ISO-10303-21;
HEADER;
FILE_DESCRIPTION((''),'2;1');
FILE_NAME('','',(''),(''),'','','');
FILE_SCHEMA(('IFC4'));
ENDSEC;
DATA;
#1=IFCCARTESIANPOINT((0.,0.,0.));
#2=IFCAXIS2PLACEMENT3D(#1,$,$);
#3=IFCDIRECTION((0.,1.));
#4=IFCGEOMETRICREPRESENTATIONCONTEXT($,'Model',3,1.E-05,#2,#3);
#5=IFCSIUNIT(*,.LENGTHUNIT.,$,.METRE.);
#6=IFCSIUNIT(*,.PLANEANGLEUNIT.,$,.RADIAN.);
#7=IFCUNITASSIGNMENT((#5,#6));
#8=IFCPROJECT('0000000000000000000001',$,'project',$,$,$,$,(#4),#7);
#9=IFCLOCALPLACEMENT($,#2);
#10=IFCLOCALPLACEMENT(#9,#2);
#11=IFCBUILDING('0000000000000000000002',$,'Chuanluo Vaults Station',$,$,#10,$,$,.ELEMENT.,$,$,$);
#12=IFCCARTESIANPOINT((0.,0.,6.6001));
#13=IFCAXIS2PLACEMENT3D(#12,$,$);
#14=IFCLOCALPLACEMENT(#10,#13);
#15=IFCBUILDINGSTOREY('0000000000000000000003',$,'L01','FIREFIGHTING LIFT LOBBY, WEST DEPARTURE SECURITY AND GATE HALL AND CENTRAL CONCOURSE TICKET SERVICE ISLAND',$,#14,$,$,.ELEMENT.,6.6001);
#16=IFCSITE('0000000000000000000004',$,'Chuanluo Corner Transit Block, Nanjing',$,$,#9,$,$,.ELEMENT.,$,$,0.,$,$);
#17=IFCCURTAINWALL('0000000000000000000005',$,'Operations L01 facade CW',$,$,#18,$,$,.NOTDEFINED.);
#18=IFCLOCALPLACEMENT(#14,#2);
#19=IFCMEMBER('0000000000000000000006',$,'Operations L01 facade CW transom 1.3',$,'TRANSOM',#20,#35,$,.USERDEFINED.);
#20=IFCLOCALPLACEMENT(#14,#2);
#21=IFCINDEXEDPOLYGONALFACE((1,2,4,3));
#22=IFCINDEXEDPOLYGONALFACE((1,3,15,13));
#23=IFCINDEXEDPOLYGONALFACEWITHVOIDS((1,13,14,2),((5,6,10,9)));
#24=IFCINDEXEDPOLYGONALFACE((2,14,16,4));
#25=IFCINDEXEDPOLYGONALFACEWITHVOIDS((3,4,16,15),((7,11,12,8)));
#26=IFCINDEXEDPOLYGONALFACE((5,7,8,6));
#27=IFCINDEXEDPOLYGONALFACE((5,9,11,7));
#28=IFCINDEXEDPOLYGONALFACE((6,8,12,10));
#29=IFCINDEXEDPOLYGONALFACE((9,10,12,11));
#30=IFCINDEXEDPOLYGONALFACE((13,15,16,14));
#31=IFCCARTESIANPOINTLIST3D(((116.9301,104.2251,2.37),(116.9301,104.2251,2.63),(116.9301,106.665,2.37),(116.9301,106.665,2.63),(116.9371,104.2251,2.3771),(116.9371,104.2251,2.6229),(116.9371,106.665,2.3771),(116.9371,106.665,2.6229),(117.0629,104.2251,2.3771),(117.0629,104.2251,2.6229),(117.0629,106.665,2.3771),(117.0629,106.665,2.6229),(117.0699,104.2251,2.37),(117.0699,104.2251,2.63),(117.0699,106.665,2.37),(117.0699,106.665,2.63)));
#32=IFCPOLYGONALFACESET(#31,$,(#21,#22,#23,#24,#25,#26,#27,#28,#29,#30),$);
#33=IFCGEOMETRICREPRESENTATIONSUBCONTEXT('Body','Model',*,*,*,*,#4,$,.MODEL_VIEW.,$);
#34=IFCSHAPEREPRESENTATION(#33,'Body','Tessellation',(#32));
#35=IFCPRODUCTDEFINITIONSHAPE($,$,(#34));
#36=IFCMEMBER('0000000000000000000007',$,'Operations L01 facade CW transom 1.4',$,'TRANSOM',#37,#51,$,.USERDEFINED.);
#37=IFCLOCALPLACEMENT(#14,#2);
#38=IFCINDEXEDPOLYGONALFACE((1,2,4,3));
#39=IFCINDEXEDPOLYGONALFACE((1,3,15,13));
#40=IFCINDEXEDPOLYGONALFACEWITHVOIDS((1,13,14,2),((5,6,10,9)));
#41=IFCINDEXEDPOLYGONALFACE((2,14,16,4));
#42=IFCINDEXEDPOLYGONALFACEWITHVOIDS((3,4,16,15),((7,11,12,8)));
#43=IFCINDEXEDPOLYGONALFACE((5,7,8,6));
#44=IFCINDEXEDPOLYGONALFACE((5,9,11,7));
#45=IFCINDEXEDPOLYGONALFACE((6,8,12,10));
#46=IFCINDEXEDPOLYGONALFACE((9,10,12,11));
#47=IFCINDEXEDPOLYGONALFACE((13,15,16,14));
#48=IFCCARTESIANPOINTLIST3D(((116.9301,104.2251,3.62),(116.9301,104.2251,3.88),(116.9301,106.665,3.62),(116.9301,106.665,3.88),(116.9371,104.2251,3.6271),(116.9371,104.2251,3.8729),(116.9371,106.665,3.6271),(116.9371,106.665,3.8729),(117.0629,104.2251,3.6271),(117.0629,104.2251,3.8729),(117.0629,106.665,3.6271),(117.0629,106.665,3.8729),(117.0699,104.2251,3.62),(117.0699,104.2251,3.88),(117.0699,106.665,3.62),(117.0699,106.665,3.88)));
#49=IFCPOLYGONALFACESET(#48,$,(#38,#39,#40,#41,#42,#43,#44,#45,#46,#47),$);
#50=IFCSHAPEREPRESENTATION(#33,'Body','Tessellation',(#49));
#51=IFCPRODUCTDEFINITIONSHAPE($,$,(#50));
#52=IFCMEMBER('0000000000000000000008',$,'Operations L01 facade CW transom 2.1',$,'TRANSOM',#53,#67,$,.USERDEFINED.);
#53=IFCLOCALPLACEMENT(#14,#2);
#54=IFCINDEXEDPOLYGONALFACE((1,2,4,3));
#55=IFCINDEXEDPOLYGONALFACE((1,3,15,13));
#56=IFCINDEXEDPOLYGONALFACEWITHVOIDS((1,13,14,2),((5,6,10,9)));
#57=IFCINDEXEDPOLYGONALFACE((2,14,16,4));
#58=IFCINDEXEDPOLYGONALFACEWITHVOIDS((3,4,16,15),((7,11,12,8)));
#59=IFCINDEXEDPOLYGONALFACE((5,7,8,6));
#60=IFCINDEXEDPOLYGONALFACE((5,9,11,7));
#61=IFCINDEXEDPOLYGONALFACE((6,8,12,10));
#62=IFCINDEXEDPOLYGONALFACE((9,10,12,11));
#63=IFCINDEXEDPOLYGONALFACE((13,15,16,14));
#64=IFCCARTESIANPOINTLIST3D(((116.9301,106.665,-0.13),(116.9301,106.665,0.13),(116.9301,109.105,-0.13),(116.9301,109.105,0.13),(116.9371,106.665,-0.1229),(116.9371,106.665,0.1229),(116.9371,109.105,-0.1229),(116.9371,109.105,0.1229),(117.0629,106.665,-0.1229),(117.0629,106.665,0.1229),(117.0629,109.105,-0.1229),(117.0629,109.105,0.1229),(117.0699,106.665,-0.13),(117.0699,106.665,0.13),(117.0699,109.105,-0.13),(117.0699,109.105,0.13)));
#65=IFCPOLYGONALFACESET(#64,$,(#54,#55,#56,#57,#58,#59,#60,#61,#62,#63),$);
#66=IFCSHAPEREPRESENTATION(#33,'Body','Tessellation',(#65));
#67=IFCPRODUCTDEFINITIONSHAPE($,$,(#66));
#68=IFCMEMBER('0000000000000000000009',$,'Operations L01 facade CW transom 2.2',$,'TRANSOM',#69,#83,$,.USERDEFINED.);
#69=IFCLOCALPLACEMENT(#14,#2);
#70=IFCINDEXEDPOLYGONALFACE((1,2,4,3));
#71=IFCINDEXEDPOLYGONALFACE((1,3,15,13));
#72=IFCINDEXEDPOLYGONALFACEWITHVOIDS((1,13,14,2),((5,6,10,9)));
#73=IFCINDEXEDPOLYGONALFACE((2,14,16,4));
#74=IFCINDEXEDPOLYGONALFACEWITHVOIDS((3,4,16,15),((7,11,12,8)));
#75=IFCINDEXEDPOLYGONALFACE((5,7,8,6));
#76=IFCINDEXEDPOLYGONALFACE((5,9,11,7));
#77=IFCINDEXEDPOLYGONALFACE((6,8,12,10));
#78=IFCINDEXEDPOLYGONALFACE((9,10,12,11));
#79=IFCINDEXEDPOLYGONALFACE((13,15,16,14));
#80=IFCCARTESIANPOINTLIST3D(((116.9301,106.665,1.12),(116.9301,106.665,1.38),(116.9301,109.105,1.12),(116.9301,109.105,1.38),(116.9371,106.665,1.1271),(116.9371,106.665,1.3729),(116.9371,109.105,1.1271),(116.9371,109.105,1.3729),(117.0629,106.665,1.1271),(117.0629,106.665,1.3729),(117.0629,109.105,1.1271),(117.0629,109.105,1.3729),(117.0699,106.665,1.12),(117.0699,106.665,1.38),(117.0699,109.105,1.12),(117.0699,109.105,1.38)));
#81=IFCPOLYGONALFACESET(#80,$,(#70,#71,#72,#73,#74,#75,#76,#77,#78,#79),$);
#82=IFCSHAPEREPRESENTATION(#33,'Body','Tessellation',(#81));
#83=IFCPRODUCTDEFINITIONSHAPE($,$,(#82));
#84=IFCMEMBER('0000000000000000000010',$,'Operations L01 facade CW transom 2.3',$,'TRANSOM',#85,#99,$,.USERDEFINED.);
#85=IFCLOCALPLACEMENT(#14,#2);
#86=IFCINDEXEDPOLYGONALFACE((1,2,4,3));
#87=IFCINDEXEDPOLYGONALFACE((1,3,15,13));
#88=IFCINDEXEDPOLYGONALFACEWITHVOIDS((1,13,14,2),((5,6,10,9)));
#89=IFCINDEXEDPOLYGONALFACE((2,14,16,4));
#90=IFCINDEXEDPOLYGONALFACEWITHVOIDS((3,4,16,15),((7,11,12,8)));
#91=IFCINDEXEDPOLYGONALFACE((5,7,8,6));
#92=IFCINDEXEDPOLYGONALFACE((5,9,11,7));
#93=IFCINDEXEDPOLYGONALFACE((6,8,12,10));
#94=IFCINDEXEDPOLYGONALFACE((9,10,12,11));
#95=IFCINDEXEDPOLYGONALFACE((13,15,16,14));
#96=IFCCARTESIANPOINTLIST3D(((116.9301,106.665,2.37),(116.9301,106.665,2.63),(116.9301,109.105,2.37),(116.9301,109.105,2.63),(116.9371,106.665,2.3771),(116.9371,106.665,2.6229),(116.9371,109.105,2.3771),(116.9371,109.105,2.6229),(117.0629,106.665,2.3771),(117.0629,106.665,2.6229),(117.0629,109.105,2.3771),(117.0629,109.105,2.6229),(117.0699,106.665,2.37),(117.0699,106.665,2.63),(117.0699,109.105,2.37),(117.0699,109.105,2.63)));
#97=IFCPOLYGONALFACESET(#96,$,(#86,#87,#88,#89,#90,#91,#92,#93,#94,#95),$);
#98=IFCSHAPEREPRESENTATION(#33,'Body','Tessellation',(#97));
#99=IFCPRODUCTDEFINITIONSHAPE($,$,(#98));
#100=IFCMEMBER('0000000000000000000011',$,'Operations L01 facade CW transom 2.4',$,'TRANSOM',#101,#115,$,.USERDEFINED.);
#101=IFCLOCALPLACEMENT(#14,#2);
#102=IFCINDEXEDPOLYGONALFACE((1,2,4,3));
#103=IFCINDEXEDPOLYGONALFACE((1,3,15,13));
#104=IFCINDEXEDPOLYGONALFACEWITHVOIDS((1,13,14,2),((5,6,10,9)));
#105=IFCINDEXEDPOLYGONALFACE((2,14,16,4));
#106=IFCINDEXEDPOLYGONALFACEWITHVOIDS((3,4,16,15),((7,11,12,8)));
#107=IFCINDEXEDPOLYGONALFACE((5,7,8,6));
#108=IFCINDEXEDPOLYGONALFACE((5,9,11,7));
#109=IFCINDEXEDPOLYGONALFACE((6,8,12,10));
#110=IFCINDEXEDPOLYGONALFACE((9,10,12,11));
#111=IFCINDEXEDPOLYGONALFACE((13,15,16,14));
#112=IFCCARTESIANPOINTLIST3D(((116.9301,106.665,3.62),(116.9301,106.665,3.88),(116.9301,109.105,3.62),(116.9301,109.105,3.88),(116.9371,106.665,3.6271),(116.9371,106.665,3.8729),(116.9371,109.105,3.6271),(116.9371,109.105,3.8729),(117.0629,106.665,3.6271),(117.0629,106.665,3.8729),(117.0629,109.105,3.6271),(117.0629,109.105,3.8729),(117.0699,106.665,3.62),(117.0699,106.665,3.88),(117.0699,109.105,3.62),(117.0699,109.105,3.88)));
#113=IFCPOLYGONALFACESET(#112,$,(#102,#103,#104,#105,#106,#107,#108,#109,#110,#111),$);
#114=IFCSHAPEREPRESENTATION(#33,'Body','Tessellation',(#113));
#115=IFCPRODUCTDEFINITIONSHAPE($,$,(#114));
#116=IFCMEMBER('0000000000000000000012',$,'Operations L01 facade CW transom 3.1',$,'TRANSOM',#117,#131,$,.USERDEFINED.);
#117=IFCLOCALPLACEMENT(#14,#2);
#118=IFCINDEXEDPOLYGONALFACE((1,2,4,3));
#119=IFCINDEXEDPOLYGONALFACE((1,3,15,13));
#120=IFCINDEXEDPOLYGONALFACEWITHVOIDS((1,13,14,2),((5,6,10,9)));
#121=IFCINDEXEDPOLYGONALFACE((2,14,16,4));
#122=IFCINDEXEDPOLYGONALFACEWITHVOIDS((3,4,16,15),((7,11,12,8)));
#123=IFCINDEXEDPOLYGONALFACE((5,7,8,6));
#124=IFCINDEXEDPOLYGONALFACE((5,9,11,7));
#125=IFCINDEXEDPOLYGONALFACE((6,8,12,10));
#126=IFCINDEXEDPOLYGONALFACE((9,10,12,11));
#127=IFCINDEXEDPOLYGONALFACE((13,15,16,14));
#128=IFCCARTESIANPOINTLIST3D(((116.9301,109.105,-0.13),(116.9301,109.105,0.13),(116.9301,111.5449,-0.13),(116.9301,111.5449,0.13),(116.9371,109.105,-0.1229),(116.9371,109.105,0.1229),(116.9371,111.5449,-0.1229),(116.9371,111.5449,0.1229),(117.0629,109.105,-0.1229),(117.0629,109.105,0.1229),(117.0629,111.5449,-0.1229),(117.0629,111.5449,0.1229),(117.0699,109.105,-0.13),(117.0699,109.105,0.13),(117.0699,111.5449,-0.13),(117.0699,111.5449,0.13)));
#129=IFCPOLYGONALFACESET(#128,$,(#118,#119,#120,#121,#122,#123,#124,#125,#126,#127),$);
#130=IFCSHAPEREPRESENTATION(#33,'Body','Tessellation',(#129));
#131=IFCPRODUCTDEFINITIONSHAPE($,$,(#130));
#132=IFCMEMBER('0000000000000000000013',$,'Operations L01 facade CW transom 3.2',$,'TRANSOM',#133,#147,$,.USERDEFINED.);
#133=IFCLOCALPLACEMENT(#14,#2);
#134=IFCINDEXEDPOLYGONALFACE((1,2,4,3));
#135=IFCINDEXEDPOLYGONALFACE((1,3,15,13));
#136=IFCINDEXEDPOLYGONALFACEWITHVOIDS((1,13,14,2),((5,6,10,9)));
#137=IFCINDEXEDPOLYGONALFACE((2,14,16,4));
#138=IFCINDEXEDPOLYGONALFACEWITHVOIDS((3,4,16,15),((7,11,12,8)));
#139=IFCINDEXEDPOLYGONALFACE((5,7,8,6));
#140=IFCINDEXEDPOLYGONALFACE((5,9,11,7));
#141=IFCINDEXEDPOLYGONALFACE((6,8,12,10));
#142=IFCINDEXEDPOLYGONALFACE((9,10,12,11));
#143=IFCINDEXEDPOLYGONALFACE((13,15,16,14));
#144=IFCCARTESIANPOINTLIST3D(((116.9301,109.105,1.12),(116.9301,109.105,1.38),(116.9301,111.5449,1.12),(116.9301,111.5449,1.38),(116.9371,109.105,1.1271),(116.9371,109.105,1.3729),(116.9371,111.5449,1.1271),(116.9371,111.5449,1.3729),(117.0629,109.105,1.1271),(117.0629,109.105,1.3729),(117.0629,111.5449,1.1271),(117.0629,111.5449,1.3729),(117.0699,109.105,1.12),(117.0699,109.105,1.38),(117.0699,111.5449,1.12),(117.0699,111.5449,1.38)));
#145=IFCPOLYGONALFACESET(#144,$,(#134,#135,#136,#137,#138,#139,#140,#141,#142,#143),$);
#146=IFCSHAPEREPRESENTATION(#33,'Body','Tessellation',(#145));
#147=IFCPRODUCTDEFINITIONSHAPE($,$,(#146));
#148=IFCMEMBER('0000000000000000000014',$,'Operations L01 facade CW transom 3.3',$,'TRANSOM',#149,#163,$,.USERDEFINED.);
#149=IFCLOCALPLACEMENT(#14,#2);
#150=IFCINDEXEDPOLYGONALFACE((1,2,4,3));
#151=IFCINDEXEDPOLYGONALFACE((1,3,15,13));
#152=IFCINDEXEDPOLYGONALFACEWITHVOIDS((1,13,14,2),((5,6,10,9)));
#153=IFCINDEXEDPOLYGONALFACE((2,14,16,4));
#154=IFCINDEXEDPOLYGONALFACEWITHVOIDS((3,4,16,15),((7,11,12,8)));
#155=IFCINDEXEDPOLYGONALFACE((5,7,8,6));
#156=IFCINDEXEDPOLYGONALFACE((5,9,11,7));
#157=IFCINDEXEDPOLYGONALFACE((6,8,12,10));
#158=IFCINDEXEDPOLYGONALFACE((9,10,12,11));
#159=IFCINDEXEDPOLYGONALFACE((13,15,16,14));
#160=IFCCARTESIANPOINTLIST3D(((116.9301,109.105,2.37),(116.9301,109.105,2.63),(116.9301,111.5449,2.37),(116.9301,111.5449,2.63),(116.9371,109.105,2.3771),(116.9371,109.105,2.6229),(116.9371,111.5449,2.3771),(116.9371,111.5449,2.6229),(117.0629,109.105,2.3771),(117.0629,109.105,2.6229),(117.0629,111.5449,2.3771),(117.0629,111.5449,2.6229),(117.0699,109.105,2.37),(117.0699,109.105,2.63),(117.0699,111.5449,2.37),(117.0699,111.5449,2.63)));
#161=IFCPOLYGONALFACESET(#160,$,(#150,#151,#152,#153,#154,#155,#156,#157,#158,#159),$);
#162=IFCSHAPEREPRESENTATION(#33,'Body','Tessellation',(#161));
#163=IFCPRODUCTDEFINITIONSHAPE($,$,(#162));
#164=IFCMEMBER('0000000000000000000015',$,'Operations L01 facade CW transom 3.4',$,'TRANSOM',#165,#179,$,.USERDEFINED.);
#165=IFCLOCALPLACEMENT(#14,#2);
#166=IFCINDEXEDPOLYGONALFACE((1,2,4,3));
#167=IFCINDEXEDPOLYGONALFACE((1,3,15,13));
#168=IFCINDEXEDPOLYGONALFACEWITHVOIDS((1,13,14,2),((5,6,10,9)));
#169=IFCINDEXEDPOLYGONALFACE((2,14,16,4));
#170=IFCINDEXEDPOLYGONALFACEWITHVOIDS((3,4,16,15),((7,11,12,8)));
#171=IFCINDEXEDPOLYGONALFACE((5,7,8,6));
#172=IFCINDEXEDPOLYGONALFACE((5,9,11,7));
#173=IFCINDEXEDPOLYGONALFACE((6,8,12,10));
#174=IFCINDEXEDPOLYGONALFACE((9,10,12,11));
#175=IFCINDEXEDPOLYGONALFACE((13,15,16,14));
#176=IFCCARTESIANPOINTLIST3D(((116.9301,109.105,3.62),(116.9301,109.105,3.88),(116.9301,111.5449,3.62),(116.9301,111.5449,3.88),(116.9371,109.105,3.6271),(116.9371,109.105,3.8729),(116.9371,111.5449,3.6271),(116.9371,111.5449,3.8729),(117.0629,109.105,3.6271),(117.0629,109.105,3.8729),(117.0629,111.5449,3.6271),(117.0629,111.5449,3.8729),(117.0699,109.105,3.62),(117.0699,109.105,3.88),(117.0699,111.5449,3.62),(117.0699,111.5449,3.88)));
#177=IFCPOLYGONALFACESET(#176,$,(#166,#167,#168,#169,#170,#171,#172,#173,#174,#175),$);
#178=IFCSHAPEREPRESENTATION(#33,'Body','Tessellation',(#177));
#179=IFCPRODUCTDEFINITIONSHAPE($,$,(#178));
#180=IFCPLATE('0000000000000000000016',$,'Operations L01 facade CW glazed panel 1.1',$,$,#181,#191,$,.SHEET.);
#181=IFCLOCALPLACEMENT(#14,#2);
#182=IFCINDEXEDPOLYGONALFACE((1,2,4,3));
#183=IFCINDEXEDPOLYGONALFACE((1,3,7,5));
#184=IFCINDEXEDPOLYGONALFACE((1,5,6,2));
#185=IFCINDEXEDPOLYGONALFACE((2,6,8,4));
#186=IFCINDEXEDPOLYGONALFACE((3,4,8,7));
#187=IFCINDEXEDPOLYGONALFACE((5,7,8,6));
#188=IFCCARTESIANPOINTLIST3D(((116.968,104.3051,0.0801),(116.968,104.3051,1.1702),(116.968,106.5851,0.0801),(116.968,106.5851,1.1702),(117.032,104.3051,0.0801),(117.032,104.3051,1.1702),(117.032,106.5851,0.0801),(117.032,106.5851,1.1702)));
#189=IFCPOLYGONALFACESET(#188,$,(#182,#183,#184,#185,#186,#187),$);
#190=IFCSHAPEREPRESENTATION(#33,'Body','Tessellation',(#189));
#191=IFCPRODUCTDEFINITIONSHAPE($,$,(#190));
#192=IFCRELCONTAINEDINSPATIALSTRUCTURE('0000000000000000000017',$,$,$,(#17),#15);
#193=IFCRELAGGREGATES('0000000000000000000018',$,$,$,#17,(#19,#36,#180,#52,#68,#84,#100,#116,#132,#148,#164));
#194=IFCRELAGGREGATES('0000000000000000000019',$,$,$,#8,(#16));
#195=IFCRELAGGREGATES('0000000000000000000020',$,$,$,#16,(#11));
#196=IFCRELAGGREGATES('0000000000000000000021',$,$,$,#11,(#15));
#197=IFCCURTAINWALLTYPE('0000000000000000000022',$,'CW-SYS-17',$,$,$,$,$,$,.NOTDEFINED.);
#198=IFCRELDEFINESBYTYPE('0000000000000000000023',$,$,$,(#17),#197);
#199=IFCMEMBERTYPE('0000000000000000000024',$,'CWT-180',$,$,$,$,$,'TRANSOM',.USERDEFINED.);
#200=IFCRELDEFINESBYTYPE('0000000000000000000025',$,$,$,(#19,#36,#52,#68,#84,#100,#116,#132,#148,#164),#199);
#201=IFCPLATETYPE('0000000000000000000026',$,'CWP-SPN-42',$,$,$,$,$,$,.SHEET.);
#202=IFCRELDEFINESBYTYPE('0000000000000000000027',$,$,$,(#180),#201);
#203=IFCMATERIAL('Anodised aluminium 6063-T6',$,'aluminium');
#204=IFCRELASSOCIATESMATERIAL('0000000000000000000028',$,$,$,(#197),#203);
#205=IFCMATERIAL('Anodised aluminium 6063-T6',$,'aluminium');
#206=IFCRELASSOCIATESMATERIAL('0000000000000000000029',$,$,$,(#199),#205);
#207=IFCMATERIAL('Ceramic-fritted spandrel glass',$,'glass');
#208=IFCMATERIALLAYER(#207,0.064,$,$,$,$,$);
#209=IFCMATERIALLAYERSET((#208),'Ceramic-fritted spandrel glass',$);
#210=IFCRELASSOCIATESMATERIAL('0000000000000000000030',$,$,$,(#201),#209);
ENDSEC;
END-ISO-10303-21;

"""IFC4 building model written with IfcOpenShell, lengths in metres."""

from ifc_helpers import new_model, si_unit, direction, frame, origin, origin_2d, place, context, subcontext, project, spatial, rectangle, hollow_rectangle, extrude, material, layer, layer_set, material_profile, profile_set, type_object, element, aggregate, save


model = new_model("IFC4")

# Units and contexts
model_context = context("Model", 3, precision=1e-05, world=origin(), true_north=direction((0.0, 1.0)))
body_context = subcontext(model_context, "Body", "Model", "MODEL_VIEW")
ifc_project = project(units=[si_unit("LENGTHUNIT", "METRE"), si_unit("PLANEANGLEUNIT", "RADIAN")], contexts=[model_context])

# Site, building, storey
site_placement = place(None, origin())
site = spatial("IfcSite", under=ifc_project, at=site_placement, Name="Chuanluo Corner Transit Block, Nanjing", CompositionType="ELEMENT", RefElevation=0.0)
building_placement = place(site_placement, origin())
building = spatial("IfcBuilding", under=site, at=building_placement, Name="Chuanluo Vaults Station", CompositionType="ELEMENT")
storey_placement = place(building_placement, frame((0.0, 0.0, 6.6001)))
storey = spatial("IfcBuildingStorey", under=building, at=storey_placement, Name="L01", Description="FIREFIGHTING LIFT LOBBY, WEST DEPARTURE SECURITY AND GATE HALL AND CENTRAL CONCOURSE TICKET SERVICE ISLAND", CompositionType="ELEMENT", Elevation=6.6001)

# Curtain wall, members, plate
ifc_material_1 = material(Name="Anodised aluminium 6063-T6", Category="aluminium")
curtain_wall_type = type_object("IfcCurtainWallType", Name="CW-SYS-17", PredefinedType="NOTDEFINED", material=ifc_material_1)
curtain_wall_placement = place(storey_placement, origin())
curtain_wall = element("IfcCurtainWall", 1, at=curtain_wall_placement, inside=storey, type_object=curtain_wall_type, Name="Operations L01 facade CW", PredefinedType="NOTDEFINED")
ifc_material_2 = material(Name="Anodised aluminium 6063-T6", Category="aluminium")
ifc_material_profile_1 = material_profile(ifc_material_2, hollow_rectangle(XDim=0.1399, YDim=0.26, WallThickness=0.0071, at=origin_2d()))
ifc_profile_set_1 = profile_set([ifc_material_profile_1], Name="Anodised aluminium 6063-T6")
member_type_1 = type_object("IfcMemberType", Name="CWT-180", ElementType="TRANSOM", PredefinedType="USERDEFINED", material=ifc_profile_set_1)
member_1_placement = place(storey_placement, frame((117.0, 104.2251, 2.5), z_axis=(0.0, 1.0, 0.0), x_axis=(-1.0, 0.0, 0.0)))
member_1 = element("IfcMember", 2, at=member_1_placement, type_object=member_type_1, Name="Operations L01 facade CW transom 1.3", ObjectType="TRANSOM", PredefinedType="USERDEFINED", context=body_context, shape_type="SweptSolid", body=[
    extrude(hollow_rectangle(XDim=0.1399, YDim=0.26, WallThickness=0.0071, at=origin_2d()), origin(), (0.0, 0.0, 1.0), 2.4399),
])
member_2_placement = place(storey_placement, frame((117.0, 104.2251, 3.75), z_axis=(0.0, 1.0, 0.0), x_axis=(-1.0, 0.0, 0.0)))
member_2 = element("IfcMember", 3, at=member_2_placement, type_object=member_type_1, Name="Operations L01 facade CW transom 1.4", ObjectType="TRANSOM", PredefinedType="USERDEFINED", context=body_context, shape_type="SweptSolid", body=[
    extrude(hollow_rectangle(XDim=0.1399, YDim=0.26, WallThickness=0.0071, at=origin_2d()), origin(), (0.0, 0.0, 1.0), 2.4399),
])
member_3_placement = place(storey_placement, frame((117.0, 106.665, 0.0), z_axis=(0.0, 1.0, 0.0), x_axis=(-1.0, 0.0, 0.0)))
member_3 = element("IfcMember", 4, at=member_3_placement, type_object=member_type_1, Name="Operations L01 facade CW transom 2.1", ObjectType="TRANSOM", PredefinedType="USERDEFINED", context=body_context, shape_type="SweptSolid", body=[
    extrude(hollow_rectangle(XDim=0.1399, YDim=0.26, WallThickness=0.0071, at=origin_2d()), origin(), (0.0, 0.0, 1.0), 2.4399),
])
member_4_placement = place(storey_placement, frame((117.0, 106.665, 1.25), z_axis=(0.0, 1.0, 0.0), x_axis=(-1.0, 0.0, 0.0)))
member_4 = element("IfcMember", 5, at=member_4_placement, type_object=member_type_1, Name="Operations L01 facade CW transom 2.2", ObjectType="TRANSOM", PredefinedType="USERDEFINED", context=body_context, shape_type="SweptSolid", body=[
    extrude(hollow_rectangle(XDim=0.1399, YDim=0.26, WallThickness=0.0071, at=origin_2d()), origin(), (0.0, 0.0, 1.0), 2.4399),
])
member_5_placement = place(storey_placement, frame((117.0, 106.665, 2.5), z_axis=(0.0, 1.0, 0.0), x_axis=(-1.0, 0.0, 0.0)))
member_5 = element("IfcMember", 6, at=member_5_placement, type_object=member_type_1, Name="Operations L01 facade CW transom 2.3", ObjectType="TRANSOM", PredefinedType="USERDEFINED", context=body_context, shape_type="SweptSolid", body=[
    extrude(hollow_rectangle(XDim=0.1399, YDim=0.26, WallThickness=0.0071, at=origin_2d()), origin(), (0.0, 0.0, 1.0), 2.4399),
])
member_6_placement = place(storey_placement, frame((117.0, 106.665, 3.75), z_axis=(0.0, 1.0, 0.0), x_axis=(-1.0, 0.0, 0.0)))
member_6 = element("IfcMember", 7, at=member_6_placement, type_object=member_type_1, Name="Operations L01 facade CW transom 2.4", ObjectType="TRANSOM", PredefinedType="USERDEFINED", context=body_context, shape_type="SweptSolid", body=[
    extrude(hollow_rectangle(XDim=0.1399, YDim=0.26, WallThickness=0.0071, at=origin_2d()), origin(), (0.0, 0.0, 1.0), 2.4399),
])
member_7_placement = place(storey_placement, frame((117.0, 109.105, 0.0), z_axis=(0.0, 1.0, 0.0), x_axis=(-1.0, 0.0, 0.0)))
member_7 = element("IfcMember", 8, at=member_7_placement, type_object=member_type_1, Name="Operations L01 facade CW transom 3.1", ObjectType="TRANSOM", PredefinedType="USERDEFINED", context=body_context, shape_type="SweptSolid", body=[
    extrude(hollow_rectangle(XDim=0.1399, YDim=0.26, WallThickness=0.0071, at=origin_2d()), origin(), (0.0, 0.0, 1.0), 2.4399),
])
member_8_placement = place(storey_placement, frame((117.0, 109.105, 1.25), z_axis=(0.0, 1.0, 0.0), x_axis=(-1.0, 0.0, 0.0)))
member_8 = element("IfcMember", 9, at=member_8_placement, type_object=member_type_1, Name="Operations L01 facade CW transom 3.2", ObjectType="TRANSOM", PredefinedType="USERDEFINED", context=body_context, shape_type="SweptSolid", body=[
    extrude(hollow_rectangle(XDim=0.1399, YDim=0.26, WallThickness=0.0071, at=origin_2d()), origin(), (0.0, 0.0, 1.0), 2.4399),
])
member_9_placement = place(storey_placement, frame((117.0, 109.105, 2.5), z_axis=(0.0, 1.0, 0.0), x_axis=(-1.0, 0.0, 0.0)))
member_9 = element("IfcMember", 10, at=member_9_placement, type_object=member_type_1, Name="Operations L01 facade CW transom 3.3", ObjectType="TRANSOM", PredefinedType="USERDEFINED", context=body_context, shape_type="SweptSolid", body=[
    extrude(hollow_rectangle(XDim=0.1399, YDim=0.26, WallThickness=0.0071, at=origin_2d()), origin(), (0.0, 0.0, 1.0), 2.4399),
])
member_10_placement = place(storey_placement, frame((117.0, 109.105, 3.75), z_axis=(0.0, 1.0, 0.0), x_axis=(-1.0, 0.0, 0.0)))
member_10 = element("IfcMember", 11, at=member_10_placement, type_object=member_type_1, Name="Operations L01 facade CW transom 3.4", ObjectType="TRANSOM", PredefinedType="USERDEFINED", context=body_context, shape_type="SweptSolid", body=[
    extrude(hollow_rectangle(XDim=0.1399, YDim=0.26, WallThickness=0.0071, at=origin_2d()), origin(), (0.0, 0.0, 1.0), 2.4399),
])
ifc_material_3 = material(Name="Ceramic-fritted spandrel glass", Category="glass")
ifc_layer_1 = layer(ifc_material_3, 0.064)
ifc_layer_set_1 = layer_set([ifc_layer_1], Name="Ceramic-fritted spandrel glass")
plate_type_1 = type_object("IfcPlateType", Name="CWP-SPN-42", PredefinedType="SHEET", material=ifc_layer_set_1)
plate_1_placement = place(storey_placement, frame((117.0, 105.4451, 0.0801), z_axis=(0.0, 0.0, 1.0), x_axis=(0.0, 1.0, 0.0)))
plate_1 = element("IfcPlate", 12, at=plate_1_placement, type_object=plate_type_1, Name="Operations L01 facade CW glazed panel 1.1", PredefinedType="SHEET", context=body_context, shape_type="SweptSolid", body=[
    extrude(rectangle(XDim=2.28, YDim=0.064, at=origin_2d()), origin(), (0.0, 0.0, 1.0), 1.0901),
])
aggregate(curtain_wall, [member_1, member_2, plate_1, member_3, member_4, member_5, member_6, member_7, member_8, member_9, member_10])

save(model, "model.ifc")
